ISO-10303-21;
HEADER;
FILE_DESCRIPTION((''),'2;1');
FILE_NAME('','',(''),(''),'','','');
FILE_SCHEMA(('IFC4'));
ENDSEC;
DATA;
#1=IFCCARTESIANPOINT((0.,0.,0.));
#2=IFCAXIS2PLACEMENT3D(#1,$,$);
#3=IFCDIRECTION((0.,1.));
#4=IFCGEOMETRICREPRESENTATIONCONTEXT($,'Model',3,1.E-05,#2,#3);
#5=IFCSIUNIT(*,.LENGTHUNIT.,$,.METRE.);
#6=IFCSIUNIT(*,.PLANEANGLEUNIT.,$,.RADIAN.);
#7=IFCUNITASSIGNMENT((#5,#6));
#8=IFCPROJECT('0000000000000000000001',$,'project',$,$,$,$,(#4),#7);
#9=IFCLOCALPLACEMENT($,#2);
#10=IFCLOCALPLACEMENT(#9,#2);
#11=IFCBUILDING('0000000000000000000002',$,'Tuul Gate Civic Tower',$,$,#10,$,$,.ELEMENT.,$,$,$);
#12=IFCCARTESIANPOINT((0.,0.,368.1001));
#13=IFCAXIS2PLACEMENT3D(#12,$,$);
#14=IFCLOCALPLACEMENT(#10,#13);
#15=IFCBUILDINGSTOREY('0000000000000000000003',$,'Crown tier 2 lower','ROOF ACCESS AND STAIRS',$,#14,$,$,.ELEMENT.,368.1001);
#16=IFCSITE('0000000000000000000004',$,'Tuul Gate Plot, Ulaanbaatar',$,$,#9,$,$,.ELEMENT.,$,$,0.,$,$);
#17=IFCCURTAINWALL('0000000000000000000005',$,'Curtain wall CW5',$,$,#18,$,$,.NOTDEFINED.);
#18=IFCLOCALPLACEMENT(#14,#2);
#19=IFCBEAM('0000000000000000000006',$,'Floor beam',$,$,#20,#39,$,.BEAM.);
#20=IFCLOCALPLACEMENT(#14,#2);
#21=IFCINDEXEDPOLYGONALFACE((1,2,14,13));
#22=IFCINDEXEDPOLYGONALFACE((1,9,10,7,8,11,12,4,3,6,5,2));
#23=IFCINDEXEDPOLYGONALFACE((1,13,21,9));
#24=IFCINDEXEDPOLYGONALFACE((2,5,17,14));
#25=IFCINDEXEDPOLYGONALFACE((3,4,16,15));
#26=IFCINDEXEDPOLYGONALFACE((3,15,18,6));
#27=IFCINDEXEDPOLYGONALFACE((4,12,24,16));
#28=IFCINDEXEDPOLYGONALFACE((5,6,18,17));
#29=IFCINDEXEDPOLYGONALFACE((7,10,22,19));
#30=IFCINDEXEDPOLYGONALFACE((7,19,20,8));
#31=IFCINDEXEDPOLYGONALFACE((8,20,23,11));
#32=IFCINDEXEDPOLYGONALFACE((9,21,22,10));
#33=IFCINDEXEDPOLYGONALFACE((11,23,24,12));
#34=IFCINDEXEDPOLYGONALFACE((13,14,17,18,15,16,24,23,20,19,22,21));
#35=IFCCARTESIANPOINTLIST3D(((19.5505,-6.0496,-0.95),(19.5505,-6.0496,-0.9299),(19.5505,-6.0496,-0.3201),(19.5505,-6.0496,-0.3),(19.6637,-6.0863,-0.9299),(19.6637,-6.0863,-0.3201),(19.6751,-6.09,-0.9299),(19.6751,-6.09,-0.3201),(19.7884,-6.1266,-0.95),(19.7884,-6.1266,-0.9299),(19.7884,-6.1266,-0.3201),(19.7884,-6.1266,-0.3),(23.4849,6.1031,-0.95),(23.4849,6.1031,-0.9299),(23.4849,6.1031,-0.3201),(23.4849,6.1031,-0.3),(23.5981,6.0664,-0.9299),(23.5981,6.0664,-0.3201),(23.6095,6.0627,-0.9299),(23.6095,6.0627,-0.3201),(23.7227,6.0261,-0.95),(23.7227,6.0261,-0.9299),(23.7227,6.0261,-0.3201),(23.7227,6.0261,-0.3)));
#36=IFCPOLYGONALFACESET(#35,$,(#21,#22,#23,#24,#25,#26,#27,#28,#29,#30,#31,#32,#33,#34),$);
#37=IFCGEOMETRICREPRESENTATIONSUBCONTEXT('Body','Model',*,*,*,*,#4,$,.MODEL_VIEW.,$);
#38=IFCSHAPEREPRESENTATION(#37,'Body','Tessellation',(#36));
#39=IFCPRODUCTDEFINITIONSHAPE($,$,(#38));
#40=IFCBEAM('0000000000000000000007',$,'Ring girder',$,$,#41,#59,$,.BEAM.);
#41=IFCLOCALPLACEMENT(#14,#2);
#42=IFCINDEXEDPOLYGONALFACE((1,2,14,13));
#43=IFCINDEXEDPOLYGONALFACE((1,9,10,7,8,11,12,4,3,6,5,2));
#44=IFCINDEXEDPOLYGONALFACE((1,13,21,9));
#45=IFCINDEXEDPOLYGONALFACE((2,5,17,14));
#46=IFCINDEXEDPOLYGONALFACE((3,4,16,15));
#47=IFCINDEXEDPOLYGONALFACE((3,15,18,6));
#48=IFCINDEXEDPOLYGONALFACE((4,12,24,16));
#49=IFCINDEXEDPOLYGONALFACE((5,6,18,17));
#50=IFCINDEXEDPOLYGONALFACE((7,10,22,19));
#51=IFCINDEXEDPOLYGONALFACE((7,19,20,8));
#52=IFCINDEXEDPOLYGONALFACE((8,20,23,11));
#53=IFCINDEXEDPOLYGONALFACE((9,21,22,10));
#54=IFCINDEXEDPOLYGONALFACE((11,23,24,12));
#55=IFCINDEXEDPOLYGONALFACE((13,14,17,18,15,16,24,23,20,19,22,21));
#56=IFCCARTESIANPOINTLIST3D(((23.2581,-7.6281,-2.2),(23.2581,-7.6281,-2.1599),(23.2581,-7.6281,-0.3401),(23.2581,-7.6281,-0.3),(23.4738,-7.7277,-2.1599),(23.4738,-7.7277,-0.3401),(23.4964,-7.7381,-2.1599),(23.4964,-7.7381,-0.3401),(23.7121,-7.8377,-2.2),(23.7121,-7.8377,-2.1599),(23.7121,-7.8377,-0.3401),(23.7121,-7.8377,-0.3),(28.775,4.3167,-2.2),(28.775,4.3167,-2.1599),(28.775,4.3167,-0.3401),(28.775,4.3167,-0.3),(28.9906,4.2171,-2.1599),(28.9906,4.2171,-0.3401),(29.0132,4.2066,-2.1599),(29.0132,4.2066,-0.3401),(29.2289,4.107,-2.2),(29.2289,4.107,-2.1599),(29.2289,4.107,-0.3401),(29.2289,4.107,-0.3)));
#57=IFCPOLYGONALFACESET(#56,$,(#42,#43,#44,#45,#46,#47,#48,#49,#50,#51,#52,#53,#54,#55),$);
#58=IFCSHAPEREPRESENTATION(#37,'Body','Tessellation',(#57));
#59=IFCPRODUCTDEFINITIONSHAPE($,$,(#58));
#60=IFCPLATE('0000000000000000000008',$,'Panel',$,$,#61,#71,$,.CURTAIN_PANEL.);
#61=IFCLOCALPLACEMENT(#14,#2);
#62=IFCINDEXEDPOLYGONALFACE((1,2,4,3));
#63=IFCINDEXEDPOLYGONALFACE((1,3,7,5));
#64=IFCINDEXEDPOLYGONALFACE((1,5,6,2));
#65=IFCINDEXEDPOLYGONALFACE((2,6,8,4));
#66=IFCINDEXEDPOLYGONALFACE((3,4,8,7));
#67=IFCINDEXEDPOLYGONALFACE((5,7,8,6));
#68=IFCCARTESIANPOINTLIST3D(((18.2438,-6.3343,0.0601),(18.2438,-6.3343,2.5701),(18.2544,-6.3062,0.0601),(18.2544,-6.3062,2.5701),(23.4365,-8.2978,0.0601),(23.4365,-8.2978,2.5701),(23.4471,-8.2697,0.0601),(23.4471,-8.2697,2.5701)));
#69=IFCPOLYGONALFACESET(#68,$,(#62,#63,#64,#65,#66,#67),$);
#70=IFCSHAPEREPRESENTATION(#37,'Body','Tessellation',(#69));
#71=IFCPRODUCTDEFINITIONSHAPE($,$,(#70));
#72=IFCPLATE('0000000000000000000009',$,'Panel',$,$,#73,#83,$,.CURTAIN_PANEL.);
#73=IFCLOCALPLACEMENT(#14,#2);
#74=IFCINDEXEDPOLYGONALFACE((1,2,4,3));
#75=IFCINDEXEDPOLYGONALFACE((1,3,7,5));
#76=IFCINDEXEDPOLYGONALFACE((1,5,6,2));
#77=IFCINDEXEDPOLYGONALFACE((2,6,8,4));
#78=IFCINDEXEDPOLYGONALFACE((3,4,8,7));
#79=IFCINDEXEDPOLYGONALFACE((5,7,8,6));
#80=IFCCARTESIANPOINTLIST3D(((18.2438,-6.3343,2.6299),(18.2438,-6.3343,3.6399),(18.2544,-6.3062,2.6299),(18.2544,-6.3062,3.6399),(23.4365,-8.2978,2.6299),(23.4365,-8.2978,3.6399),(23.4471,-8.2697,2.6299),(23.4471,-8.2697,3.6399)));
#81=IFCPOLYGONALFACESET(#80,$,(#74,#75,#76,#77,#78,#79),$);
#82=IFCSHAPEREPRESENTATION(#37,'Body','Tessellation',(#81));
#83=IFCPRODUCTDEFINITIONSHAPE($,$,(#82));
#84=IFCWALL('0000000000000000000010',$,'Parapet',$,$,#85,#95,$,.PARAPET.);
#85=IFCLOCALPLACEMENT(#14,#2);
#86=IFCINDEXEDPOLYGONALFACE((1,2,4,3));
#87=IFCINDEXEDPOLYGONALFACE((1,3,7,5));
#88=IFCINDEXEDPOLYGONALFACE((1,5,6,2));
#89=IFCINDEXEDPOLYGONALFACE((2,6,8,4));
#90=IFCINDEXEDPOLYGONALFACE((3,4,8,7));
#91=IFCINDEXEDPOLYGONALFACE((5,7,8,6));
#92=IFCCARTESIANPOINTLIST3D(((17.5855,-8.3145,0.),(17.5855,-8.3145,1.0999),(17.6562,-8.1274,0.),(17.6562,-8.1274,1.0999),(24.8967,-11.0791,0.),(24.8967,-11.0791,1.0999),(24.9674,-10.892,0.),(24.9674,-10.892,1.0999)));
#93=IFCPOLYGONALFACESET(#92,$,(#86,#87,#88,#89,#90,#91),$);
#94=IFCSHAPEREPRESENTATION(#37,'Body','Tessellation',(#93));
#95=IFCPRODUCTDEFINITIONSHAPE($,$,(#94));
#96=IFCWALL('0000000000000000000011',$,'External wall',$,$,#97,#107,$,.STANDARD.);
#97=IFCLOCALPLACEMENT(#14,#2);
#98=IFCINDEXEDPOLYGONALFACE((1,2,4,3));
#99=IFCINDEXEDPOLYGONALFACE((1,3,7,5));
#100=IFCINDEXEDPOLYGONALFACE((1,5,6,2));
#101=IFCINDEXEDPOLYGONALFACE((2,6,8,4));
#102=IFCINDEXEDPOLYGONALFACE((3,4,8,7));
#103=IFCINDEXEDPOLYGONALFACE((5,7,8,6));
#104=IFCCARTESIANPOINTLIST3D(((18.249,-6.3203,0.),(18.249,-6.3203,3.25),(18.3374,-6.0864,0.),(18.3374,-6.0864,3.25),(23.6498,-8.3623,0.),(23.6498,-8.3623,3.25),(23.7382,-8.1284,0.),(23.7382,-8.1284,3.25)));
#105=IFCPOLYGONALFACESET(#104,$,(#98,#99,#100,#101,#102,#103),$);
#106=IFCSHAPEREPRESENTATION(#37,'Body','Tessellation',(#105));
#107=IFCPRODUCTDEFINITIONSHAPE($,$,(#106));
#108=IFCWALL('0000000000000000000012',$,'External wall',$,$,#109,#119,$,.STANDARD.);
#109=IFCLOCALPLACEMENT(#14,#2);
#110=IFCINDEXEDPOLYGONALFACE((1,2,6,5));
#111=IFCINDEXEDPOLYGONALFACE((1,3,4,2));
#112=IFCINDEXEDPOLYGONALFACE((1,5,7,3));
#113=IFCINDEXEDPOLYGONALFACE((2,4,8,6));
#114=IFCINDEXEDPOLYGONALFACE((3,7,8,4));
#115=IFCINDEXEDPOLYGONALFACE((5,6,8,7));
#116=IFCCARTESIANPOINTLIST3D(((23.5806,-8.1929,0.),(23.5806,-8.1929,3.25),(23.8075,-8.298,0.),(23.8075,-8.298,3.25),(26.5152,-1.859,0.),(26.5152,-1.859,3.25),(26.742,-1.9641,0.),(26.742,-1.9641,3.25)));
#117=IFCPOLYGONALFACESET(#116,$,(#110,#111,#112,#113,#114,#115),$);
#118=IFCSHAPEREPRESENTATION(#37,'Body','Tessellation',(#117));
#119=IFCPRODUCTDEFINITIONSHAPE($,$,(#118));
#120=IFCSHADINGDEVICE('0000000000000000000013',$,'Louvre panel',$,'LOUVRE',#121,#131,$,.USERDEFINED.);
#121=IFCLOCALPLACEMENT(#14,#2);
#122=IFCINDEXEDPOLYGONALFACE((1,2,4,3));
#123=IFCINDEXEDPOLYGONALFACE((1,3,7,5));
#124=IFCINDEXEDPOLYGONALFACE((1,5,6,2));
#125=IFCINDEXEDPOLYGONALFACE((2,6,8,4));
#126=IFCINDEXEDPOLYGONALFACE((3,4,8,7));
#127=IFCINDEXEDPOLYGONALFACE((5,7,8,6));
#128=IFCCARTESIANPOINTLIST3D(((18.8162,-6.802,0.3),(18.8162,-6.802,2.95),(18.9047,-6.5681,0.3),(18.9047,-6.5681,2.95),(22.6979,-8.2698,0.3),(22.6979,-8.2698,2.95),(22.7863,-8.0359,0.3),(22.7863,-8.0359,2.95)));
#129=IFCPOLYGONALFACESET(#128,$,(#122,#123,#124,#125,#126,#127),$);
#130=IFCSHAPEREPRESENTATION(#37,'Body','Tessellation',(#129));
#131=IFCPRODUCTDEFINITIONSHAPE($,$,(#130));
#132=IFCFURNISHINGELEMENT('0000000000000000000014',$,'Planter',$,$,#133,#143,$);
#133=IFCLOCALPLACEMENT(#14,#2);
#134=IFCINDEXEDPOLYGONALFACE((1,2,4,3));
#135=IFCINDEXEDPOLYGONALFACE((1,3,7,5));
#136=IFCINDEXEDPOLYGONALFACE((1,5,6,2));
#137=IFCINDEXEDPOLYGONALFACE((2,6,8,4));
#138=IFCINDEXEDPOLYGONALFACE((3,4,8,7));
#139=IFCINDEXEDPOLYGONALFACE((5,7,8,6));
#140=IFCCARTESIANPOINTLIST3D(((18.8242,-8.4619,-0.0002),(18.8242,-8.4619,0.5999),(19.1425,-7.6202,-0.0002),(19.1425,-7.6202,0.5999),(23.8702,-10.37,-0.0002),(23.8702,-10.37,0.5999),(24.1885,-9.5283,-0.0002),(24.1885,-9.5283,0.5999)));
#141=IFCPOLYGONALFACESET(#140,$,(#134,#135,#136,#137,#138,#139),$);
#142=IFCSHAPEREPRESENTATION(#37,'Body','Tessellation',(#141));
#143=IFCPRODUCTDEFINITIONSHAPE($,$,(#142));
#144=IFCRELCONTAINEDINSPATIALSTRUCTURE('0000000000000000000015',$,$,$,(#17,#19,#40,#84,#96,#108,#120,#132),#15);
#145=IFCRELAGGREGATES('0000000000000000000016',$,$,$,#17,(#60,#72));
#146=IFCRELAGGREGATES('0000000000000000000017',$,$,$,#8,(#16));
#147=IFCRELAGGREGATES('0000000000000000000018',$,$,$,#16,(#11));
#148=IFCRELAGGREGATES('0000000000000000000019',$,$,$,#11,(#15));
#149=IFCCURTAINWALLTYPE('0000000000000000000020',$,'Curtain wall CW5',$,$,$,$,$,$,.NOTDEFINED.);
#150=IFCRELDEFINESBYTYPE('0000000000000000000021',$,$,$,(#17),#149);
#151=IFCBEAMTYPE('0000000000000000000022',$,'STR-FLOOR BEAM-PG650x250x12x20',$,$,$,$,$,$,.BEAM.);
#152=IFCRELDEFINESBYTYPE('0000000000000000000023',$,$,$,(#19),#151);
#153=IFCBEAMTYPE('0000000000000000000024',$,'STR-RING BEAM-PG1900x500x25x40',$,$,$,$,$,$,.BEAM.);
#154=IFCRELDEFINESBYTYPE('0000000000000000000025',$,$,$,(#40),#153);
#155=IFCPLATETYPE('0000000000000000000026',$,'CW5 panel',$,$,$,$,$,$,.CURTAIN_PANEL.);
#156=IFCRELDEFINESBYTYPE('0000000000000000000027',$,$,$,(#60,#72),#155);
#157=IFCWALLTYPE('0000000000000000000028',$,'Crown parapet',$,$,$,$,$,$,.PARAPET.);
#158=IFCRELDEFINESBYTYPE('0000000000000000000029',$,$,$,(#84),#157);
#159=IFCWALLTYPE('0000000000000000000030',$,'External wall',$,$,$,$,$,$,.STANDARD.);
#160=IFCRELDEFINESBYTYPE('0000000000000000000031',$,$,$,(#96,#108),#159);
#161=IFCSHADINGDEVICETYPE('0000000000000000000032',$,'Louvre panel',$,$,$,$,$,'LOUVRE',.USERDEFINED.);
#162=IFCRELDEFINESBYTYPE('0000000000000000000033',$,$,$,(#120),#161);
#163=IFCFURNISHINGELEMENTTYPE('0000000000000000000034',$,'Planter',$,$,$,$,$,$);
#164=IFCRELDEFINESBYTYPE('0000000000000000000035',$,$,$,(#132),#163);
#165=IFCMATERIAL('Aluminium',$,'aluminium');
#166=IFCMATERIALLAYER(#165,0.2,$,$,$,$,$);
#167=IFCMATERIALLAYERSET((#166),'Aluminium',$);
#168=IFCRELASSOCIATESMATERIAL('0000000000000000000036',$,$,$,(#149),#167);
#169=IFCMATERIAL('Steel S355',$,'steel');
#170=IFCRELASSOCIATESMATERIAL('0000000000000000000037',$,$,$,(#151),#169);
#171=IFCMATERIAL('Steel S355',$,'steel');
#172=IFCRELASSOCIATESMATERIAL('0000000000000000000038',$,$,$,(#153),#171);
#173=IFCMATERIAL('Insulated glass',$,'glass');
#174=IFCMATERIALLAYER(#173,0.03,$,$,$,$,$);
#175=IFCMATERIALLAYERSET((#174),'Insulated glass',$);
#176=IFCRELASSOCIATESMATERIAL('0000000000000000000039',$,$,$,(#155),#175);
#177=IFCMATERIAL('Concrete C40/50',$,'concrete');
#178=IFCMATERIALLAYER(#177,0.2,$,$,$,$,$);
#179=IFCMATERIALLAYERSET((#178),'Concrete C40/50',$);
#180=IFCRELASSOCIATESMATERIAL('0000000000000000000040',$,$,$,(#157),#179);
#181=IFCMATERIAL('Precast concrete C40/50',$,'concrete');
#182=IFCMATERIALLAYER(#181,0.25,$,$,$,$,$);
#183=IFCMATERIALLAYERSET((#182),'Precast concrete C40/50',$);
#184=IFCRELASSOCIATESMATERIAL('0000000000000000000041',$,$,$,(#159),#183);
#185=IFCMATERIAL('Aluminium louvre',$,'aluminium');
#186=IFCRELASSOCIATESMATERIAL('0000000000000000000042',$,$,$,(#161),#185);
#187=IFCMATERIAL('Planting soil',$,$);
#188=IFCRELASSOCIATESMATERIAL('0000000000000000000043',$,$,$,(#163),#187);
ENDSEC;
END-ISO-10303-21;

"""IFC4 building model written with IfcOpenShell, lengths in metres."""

from ifc_helpers import new_model, si_unit, direction, frame, frame_2d, origin, origin_2d, place, context, subcontext, project, spatial, rectangle, i_section, extrude, material, layer, layer_set, material_profile, profile_set, type_object, element, aggregate, save


model = new_model("IFC4")

# Units and contexts
model_context = context("Model", 3, precision=1e-05, world=origin(), true_north=direction((0.0, 1.0)))
body_context = subcontext(model_context, "Body", "Model", "MODEL_VIEW")
ifc_project = project(units=[si_unit("LENGTHUNIT", "METRE"), si_unit("PLANEANGLEUNIT", "RADIAN")], contexts=[model_context])

# Site, building, storey
site_placement = place(None, origin())
site = spatial("IfcSite", under=ifc_project, at=site_placement, Name="Tuul Gate Plot, Ulaanbaatar", CompositionType="ELEMENT", RefElevation=0.0)
building_placement = place(site_placement, origin())
building = spatial("IfcBuilding", under=site, at=building_placement, Name="Tuul Gate Civic Tower", CompositionType="ELEMENT")
storey_placement = place(building_placement, frame((0.0, 0.0, 368.1001)))
storey = spatial("IfcBuildingStorey", under=building, at=storey_placement, Name="Crown tier 2 lower", Description="ROOF ACCESS AND STAIRS", CompositionType="ELEMENT", Elevation=368.1001)

# Shared definitions
ifc_material_1 = material(Name="Aluminium", Category="aluminium")
ifc_layer_1 = layer(ifc_material_1, 0.2)
ifc_layer_set_1 = layer_set([ifc_layer_1], Name="Aluminium")
curtain_wall_type = type_object("IfcCurtainWallType", Name="Curtain wall CW5", PredefinedType="NOTDEFINED", material=ifc_layer_set_1)

# Curtain wall
curtain_wall_1_placement = place(storey_placement, origin())
curtain_wall_1 = element("IfcCurtainWall", 1, at=curtain_wall_1_placement, inside=storey, type_object=curtain_wall_type, Name="Curtain wall CW5", PredefinedType="NOTDEFINED")

# Beams
ifc_material_2 = material(Name="Steel S355", Category="steel")
ifc_material_profile_1 = material_profile(ifc_material_2, i_section(OverallWidth=0.25, OverallDepth=0.6499, WebThickness=0.012, FlangeThickness=0.02, at=origin_2d()), Name="PG650x250x12x20")
ifc_profile_set_1 = profile_set([ifc_material_profile_1], Name="Steel S355")
beam_type_1 = type_object("IfcBeamType", Name="STR-FLOOR BEAM-PG650x250x12x20", PredefinedType="BEAM", material=ifc_profile_set_1)
beam_1_placement = place(storey_placement, frame((19.6694, -6.0881, -0.625), z_axis=(0.308005, 0.951385, 0.0), x_axis=(-0.951385, 0.308005, 0.0)))
element("IfcBeam", 2, at=beam_1_placement, inside=storey, type_object=beam_type_1, Name="Floor beam", PredefinedType="BEAM", context=body_context, shape_type="SweptSolid", body=[
    extrude(i_section(OverallWidth=0.25, OverallDepth=0.6499, WebThickness=0.012, FlangeThickness=0.02, at=origin_2d()), origin(), (0.0, 0.0, 1.0), 12.7737),
])
ifc_material_3 = material(Name="Steel S355", Category="steel")
ifc_material_profile_2 = material_profile(ifc_material_3, i_section(OverallWidth=0.5, OverallDepth=1.8999, WebThickness=0.0249, FlangeThickness=0.04, at=origin_2d()), Name="PG1900x500x25x40")
ifc_profile_set_2 = profile_set([ifc_material_profile_2], Name="Steel S355")
beam_type_2 = type_object("IfcBeamType", Name="STR-RING BEAM-PG1900x500x25x40", PredefinedType="BEAM", material=ifc_profile_set_2)
beam_2_placement = place(storey_placement, frame((23.4851, -7.7329, -1.25), z_axis=(0.419299, 0.907848, 0.0), x_axis=(-0.907848, 0.419299, 0.0)))
element("IfcBeam", 3, at=beam_2_placement, inside=storey, type_object=beam_type_2, Name="Ring girder", PredefinedType="BEAM", context=body_context, shape_type="SweptSolid", body=[
    extrude(i_section(OverallWidth=0.5, OverallDepth=1.8999, WebThickness=0.0249, FlangeThickness=0.04, at=origin_2d()), origin(), (0.0, 0.0, 1.0), 13.1572),
])

# Plates
ifc_material_4 = material(Name="Insulated glass", Category="glass")
ifc_layer_2 = layer(ifc_material_4, 0.03)
ifc_layer_set_2 = layer_set([ifc_layer_2], Name="Insulated glass")
plate_type = type_object("IfcPlateType", Name="CW5 panel", PredefinedType="CURTAIN_PANEL", material=ifc_layer_set_2)
plate_1_placement = place(storey_placement, frame((20.8455, -7.302, 0.0601), z_axis=(0.0, 0.0, 1.0), x_axis=(0.935362, -0.353692, 0.0)))
plate_1 = element("IfcPlate", 4, at=plate_1_placement, type_object=plate_type, Name="Panel", PredefinedType="CURTAIN_PANEL", context=body_context, shape_type="SweptSolid", body=[
    extrude(rectangle(XDim=5.5515, YDim=0.03, at=origin_2d()), origin(), (0.0, 0.0, 1.0), 2.51),
])
plate_2_placement = place(storey_placement, frame((20.8455, -7.302, 2.6299), z_axis=(0.0, 0.0, 1.0), x_axis=(0.935362, -0.353692, 0.0)))
plate_2 = element("IfcPlate", 5, at=plate_2_placement, type_object=plate_type, Name="Panel", PredefinedType="CURTAIN_PANEL", context=body_context, shape_type="SweptSolid", body=[
    extrude(rectangle(XDim=5.5515, YDim=0.03, at=origin_2d()), origin(), (0.0, 0.0, 1.0), 1.01),
])
aggregate(curtain_wall_1, [plate_1, plate_2])

# Walls
ifc_material_5 = material(Name="Concrete C40/50", Category="concrete")
ifc_layer_3 = layer(ifc_material_5, 0.2)
ifc_layer_set_3 = layer_set([ifc_layer_3], Name="Concrete C40/50")
wall_type_1 = type_object("IfcWallType", Name="Crown parapet", PredefinedType="PARAPET", material=ifc_layer_set_3)
wall_1_placement = place(storey_placement, frame((17.6208, -8.2209, 0.0), z_axis=(0.0, 0.0, 1.0), x_axis=(0.935362, -0.353693, 0.0)))
element("IfcWall", 6, at=wall_1_placement, inside=storey, type_object=wall_type_1, Name="Parapet", PredefinedType="PARAPET", context=body_context, shape_type="SweptSolid", body=[
    extrude(rectangle(XDim=7.8164, YDim=0.2, at=frame_2d((3.9082, 0.0))), origin(), (0.0, 0.0, 1.0), 1.0999),
])
ifc_material_6 = material(Name="Precast concrete C40/50", Category="concrete")
ifc_layer_4 = layer(ifc_material_6, 0.25)
ifc_layer_set_4 = layer_set([ifc_layer_4], Name="Precast concrete C40/50")
wall_type_2 = type_object("IfcWallType", Name="External wall", PredefinedType="STANDARD", material=ifc_layer_set_4)
wall_2_placement = place(storey_placement, frame((18.2932, -6.2034, 0.0), z_axis=(0.0, 0.0, 1.0), x_axis=(0.935377, -0.353652, 0.0)))
element("IfcWall", 7, at=wall_2_placement, inside=storey, type_object=wall_type_2, Name="External wall", PredefinedType="STANDARD", context=body_context, shape_type="SweptSolid", body=[
    extrude(rectangle(XDim=5.7739, YDim=0.25, at=frame_2d((2.887, 0.0))), origin(), (0.0, 0.0, 1.0), 3.25),
])
wall_3_placement = place(storey_placement, frame((23.6941, -8.2454, 0.0), z_axis=(0.0, 0.0, 1.0), x_axis=(0.42038, 0.907348, 0.0)))
element("IfcWall", 8, at=wall_3_placement, inside=storey, type_object=wall_type_2, Name="External wall", PredefinedType="STANDARD", context=body_context, shape_type="SweptSolid", body=[
    extrude(rectangle(XDim=6.9807, YDim=0.25, at=frame_2d((3.4902, 0.0))), origin(), (0.0, 0.0, 1.0), 3.25),
])

# Shading device
ifc_material_7 = material(Name="Aluminium louvre", Category="aluminium")
shading_device_type = type_object("IfcShadingDeviceType", Name="Louvre panel", ElementType="LOUVRE", PredefinedType="USERDEFINED", material=ifc_material_7)
shading_device_placement = place(storey_placement, frame((20.8013, -7.4189, 0.3), z_axis=(0.0, 0.0, 1.0), x_axis=(-0.353692, -0.935362, 0.0)))
element("IfcShadingDevice", 9, at=shading_device_placement, inside=storey, type_object=shading_device_type, Name="Louvre panel", ObjectType="LOUVRE", PredefinedType="USERDEFINED", context=body_context, shape_type="SweptSolid", body=[
    extrude(rectangle(XDim=0.25, YDim=4.1499, at=origin_2d()), origin(), (0.0, 0.0, 1.0), 2.6499),
])

# Furnishing element
ifc_material_8 = material(Name="Planting soil")
furnishing_element_type = type_object("IfcFurnishingElementType", Name="Planter", material=ifc_material_8)
furnishing_placement = place(storey_placement, frame((21.5063, -8.9951, -0.0002), z_axis=(0.0, 0.0, 1.0), x_axis=(0.935361, -0.353695, 0.0)))
element("IfcFurnishingElement", 10, at=furnishing_placement, inside=storey, type_object=furnishing_element_type, Name="Planter", context=body_context, shape_type="SweptSolid", body=[
    extrude(rectangle(XDim=5.3948, YDim=0.8999, at=origin_2d()), origin(), (0.0, 0.0, 1.0), 0.6001),
])

save(model, "model.ifc")
